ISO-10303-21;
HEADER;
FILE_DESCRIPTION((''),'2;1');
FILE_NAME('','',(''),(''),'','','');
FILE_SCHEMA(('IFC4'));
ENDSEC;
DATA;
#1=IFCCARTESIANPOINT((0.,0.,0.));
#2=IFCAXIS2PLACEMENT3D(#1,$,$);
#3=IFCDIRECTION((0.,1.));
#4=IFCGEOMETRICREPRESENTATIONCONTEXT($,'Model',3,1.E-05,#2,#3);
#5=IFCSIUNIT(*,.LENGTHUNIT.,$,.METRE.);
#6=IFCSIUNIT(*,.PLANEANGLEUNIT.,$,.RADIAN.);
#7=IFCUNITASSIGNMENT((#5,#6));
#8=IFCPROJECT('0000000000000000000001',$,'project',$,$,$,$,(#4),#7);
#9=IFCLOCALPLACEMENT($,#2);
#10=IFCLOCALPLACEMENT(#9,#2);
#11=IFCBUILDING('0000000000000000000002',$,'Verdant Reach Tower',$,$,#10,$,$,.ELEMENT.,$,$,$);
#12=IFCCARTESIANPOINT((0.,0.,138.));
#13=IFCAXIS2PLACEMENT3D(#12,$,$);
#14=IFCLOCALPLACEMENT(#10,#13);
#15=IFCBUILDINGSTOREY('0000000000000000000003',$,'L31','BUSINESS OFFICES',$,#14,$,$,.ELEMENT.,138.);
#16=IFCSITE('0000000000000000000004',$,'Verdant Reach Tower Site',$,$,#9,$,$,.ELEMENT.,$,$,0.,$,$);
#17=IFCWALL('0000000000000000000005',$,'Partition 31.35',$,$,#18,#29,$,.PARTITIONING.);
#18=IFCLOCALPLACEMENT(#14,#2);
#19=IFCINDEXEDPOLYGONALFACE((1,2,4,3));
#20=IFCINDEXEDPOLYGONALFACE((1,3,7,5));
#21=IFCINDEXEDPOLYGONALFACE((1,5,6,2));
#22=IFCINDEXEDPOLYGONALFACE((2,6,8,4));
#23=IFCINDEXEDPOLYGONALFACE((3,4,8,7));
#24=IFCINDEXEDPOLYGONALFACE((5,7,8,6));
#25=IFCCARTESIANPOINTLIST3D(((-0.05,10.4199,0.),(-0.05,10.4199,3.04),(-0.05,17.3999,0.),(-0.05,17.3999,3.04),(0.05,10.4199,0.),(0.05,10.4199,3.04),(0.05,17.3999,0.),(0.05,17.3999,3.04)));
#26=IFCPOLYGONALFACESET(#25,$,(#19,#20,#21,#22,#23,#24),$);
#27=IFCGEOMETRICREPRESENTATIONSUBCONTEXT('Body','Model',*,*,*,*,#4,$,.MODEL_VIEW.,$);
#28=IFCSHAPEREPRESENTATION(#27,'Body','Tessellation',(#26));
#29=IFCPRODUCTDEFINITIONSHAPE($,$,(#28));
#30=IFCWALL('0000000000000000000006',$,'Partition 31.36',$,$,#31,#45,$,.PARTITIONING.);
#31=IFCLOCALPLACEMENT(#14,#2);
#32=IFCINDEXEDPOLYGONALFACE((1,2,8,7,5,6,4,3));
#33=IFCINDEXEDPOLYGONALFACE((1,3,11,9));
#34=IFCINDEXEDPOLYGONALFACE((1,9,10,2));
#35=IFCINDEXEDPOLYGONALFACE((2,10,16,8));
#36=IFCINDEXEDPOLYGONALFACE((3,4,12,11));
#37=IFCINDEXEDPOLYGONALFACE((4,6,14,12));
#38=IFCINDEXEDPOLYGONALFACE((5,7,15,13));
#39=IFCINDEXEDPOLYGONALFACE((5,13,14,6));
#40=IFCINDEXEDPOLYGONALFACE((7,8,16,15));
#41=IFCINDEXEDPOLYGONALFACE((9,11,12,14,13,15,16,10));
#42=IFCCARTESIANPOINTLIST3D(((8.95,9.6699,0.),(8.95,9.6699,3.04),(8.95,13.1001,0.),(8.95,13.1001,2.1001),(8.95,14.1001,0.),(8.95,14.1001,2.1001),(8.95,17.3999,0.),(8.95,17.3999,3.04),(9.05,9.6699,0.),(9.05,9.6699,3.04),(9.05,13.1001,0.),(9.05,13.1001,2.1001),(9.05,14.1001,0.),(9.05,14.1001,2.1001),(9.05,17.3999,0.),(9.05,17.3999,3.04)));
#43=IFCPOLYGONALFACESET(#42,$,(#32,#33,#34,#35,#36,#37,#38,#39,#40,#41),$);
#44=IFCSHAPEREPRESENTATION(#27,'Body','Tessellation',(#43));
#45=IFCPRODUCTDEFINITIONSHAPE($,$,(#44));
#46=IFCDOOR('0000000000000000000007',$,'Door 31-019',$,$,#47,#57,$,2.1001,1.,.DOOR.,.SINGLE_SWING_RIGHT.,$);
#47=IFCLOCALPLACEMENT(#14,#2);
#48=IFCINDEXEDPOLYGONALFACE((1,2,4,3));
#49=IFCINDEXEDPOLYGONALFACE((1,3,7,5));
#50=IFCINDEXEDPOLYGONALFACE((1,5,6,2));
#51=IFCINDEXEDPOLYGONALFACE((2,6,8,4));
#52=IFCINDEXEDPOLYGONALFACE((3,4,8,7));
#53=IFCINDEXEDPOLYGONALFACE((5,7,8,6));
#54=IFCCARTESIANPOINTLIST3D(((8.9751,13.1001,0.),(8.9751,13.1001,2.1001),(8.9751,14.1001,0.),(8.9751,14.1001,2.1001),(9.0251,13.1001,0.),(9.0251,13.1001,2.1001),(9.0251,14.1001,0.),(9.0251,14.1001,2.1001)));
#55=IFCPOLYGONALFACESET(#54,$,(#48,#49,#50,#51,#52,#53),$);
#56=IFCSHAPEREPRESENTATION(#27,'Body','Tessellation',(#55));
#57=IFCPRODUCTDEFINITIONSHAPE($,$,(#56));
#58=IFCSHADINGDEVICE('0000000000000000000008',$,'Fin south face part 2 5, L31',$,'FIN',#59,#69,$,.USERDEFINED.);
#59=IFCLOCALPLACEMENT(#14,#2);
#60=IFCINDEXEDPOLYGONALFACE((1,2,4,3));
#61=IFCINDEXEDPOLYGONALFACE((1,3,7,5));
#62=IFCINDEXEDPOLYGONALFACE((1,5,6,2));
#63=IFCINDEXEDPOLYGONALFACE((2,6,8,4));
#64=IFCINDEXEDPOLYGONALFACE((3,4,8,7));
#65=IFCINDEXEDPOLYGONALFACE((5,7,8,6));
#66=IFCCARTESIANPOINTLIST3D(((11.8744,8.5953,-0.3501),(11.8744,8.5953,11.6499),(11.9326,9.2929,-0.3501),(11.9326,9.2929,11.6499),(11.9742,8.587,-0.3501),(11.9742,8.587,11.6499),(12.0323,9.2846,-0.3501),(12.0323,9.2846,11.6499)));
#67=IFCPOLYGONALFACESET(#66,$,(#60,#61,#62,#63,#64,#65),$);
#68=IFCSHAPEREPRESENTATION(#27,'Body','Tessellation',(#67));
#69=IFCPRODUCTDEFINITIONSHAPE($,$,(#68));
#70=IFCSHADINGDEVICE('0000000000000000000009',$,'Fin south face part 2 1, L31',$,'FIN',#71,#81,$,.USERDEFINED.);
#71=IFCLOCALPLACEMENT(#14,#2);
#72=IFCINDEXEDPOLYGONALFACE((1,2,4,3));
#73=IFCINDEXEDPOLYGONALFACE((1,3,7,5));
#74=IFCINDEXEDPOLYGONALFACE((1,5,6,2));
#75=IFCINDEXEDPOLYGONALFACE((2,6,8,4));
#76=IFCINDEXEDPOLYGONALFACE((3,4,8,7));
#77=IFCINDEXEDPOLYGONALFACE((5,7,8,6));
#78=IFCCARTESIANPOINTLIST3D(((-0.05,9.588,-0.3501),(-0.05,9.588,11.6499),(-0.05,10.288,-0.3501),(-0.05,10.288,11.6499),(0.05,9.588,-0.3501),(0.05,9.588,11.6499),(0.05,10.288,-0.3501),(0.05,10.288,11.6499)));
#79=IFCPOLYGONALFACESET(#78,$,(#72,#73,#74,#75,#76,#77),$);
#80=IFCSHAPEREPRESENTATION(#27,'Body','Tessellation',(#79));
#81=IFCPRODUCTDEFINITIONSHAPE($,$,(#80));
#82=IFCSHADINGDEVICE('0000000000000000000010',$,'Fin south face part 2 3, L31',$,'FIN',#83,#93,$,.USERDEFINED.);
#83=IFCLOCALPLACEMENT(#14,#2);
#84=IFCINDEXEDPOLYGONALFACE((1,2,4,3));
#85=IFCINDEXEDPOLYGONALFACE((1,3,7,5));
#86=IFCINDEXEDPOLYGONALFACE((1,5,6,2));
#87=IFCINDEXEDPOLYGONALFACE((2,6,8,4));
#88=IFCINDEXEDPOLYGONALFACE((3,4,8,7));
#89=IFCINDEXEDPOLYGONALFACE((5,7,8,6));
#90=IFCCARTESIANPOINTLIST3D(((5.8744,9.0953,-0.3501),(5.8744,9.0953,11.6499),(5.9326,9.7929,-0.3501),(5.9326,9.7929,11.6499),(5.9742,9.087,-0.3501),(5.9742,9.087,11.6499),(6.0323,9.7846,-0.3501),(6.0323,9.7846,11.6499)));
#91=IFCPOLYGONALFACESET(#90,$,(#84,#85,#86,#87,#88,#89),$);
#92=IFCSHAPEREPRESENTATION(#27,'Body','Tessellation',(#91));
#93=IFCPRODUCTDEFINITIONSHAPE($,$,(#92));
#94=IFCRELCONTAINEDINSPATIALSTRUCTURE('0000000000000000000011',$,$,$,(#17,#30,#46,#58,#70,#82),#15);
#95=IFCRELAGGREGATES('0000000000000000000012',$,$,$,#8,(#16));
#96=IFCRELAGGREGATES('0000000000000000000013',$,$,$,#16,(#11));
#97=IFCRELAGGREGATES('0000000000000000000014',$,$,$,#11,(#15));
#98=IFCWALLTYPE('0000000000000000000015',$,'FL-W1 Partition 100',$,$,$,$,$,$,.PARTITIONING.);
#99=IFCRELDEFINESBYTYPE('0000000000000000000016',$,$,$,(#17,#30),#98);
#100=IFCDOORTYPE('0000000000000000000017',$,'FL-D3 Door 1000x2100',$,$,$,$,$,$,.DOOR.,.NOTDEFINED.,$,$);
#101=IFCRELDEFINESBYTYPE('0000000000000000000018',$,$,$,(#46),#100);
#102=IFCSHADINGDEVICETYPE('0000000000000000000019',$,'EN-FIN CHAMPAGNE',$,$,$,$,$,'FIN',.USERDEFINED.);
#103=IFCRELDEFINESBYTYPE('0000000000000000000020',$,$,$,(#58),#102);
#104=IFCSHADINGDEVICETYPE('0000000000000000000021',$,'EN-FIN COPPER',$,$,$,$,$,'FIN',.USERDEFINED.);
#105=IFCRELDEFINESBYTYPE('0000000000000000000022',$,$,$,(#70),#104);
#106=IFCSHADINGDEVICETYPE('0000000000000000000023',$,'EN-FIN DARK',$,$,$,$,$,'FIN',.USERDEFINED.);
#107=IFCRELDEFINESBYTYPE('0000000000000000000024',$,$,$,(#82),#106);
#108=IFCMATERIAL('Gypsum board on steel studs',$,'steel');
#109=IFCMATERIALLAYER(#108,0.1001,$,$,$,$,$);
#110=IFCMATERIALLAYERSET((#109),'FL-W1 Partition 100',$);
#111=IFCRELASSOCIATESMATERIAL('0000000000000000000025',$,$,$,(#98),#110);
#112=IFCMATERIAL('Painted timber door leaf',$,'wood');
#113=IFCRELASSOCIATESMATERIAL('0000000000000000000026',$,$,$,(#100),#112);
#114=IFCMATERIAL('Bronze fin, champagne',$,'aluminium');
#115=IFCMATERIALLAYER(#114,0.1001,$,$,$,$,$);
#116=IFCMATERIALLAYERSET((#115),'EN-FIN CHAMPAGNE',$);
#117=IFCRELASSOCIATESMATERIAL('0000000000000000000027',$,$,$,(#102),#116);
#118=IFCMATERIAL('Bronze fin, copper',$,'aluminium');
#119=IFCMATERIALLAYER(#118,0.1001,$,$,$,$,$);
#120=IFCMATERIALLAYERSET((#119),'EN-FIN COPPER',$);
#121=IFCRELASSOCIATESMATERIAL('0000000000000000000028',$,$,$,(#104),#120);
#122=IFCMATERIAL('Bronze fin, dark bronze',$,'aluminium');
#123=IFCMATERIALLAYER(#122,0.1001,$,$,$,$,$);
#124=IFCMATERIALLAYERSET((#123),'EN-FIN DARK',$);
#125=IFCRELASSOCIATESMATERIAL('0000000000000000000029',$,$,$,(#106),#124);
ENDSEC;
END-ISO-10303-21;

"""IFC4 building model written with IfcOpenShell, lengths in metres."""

from ifc_helpers import new_model, si_unit, direction, frame, frame_2d, origin, origin_2d, place, context, subcontext, project, spatial, rectangle, extrude, material, layer, layer_set, type_object, element, fill, save


model = new_model("IFC4")

# Units and contexts
model_context = context("Model", 3, precision=1e-05, world=origin(), true_north=direction((0.0, 1.0)))
body_context = subcontext(model_context, "Body", "Model", "MODEL_VIEW")
ifc_project = project(units=[si_unit("LENGTHUNIT", "METRE"), si_unit("PLANEANGLEUNIT", "RADIAN")], contexts=[model_context])

# Site, building, storey
site_placement = place(None, origin())
site = spatial("IfcSite", under=ifc_project, at=site_placement, Name="Verdant Reach Tower Site", CompositionType="ELEMENT", RefElevation=0.0)
building_placement = place(site_placement, origin())
building = spatial("IfcBuilding", under=site, at=building_placement, Name="Verdant Reach Tower", CompositionType="ELEMENT")
storey_placement = place(building_placement, frame((0.0, 0.0, 138.0)))
storey = spatial("IfcBuildingStorey", under=building, at=storey_placement, Name="L31", Description="BUSINESS OFFICES", CompositionType="ELEMENT", Elevation=138.0)

# Wall
ifc_material_1 = material(Name="Gypsum board on steel studs", Category="steel")
ifc_layer_1 = layer(ifc_material_1, 0.1001)
ifc_layer_set_1 = layer_set([ifc_layer_1], Name="FL-W1 Partition 100")
wall_type = type_object("IfcWallType", Name="FL-W1 Partition 100", PredefinedType="PARTITIONING", material=ifc_layer_set_1)
wall_1_placement = place(storey_placement, frame((0.0, 10.4199, 0.0), z_axis=(0.0, 0.0, 1.0), x_axis=(0.0, 1.0, 0.0)))
element("IfcWall", 1, at=wall_1_placement, inside=storey, type_object=wall_type, Name="Partition 31.35", PredefinedType="PARTITIONING", context=body_context, shape_type="SweptSolid", body=[
    extrude(rectangle(XDim=6.98, YDim=0.1001, at=frame_2d((3.49, 0.0))), origin(), (0.0, 0.0, 1.0), 3.04),
])

# Wall, opening, door
wall_2_placement = place(storey_placement, frame((9.0, 9.6699, 0.0), z_axis=(0.0, 0.0, 1.0), x_axis=(0.0, 1.0, 0.0)))
wall_2 = element("IfcWall", 2, at=wall_2_placement, inside=storey, type_object=wall_type, Name="Partition 31.36", PredefinedType="PARTITIONING", context=body_context, shape_type="SweptSolid", body=[
    extrude(rectangle(XDim=7.73, YDim=0.1001, at=frame_2d((3.865, 0.0))), origin(), (0.0, 0.0, 1.0), 3.04),
])
opening_placement = place(wall_2_placement, frame((3.4302, 0.0, 0.0)))
opening = element("IfcOpeningElement", 3, at=opening_placement, cuts=wall_2, PredefinedType="OPENING", context=body_context, shape_type="SweptSolid", body=[
    extrude(rectangle(XDim=1.0, YDim=2.1001, at=frame_2d((0.5, 1.05))), frame((0.0, 0.0601, 0.0), z_axis=(0.0, -1.0, 0.0), x_axis=(1.0, 0.0, 0.0)), (0.0, 0.0, 1.0), 0.1201),
])
ifc_material_2 = material(Name="Painted timber door leaf", Category="wood")
door_type = type_object("IfcDoorType", Name="FL-D3 Door 1000x2100", OperationType="NOTDEFINED", PredefinedType="DOOR", material=ifc_material_2)
door_placement = place(opening_placement, origin())
door = element("IfcDoor", 4, at=door_placement, inside=storey, type_object=door_type, Name="Door 31-019", OperationType="SINGLE_SWING_RIGHT", OverallHeight=2.1001, OverallWidth=1.0, PredefinedType="DOOR", context=body_context, shape_type="SweptSolid", body=[
    extrude(rectangle(XDim=1.0, YDim=2.1001, at=frame_2d((0.5, 1.05))), frame((0.0, 0.0249, 0.0), z_axis=(0.0, -1.0, 0.0), x_axis=(1.0, 0.0, 0.0)), (0.0, 0.0, 1.0), 0.05),
])
fill(opening, door)

# Shading devices
ifc_material_3 = material(Name="Bronze fin, champagne", Category="aluminium")
ifc_layer_2 = layer(ifc_material_3, 0.1001)
ifc_layer_set_2 = layer_set([ifc_layer_2], Name="EN-FIN CHAMPAGNE")
shading_device_type_1 = type_object("IfcShadingDeviceType", Name="EN-FIN CHAMPAGNE", ElementType="FIN", PredefinedType="USERDEFINED", material=ifc_layer_set_2)
shading_device_1_placement = place(storey_placement, frame((11.9534, 8.9399, -0.3501), z_axis=(0.0, 0.0, 1.0), x_axis=(0.996546, -0.083045, 0.0)))
element("IfcShadingDevice", 5, at=shading_device_1_placement, inside=storey, type_object=shading_device_type_1, Name="Fin south face part 2 5, L31", ObjectType="FIN", PredefinedType="USERDEFINED", context=body_context, shape_type="SweptSolid", body=[
    extrude(rectangle(XDim=0.1001, YDim=0.7, at=origin_2d()), origin(), (0.0, 0.0, 1.0), 12.0),
])
ifc_material_4 = material(Name="Bronze fin, copper", Category="aluminium")
ifc_layer_3 = layer(ifc_material_4, 0.1001)
ifc_layer_set_3 = layer_set([ifc_layer_3], Name="EN-FIN COPPER")
shading_device_type_2 = type_object("IfcShadingDeviceType", Name="EN-FIN COPPER", ElementType="FIN", PredefinedType="USERDEFINED", material=ifc_layer_set_3)
shading_device_2_placement = place(storey_placement, frame((0.0, 9.938, -0.3501), z_axis=(0.0, 0.0, 1.0), x_axis=(1.0, 0.0, 0.0)))
element("IfcShadingDevice", 6, at=shading_device_2_placement, inside=storey, type_object=shading_device_type_2, Name="Fin south face part 2 1, L31", ObjectType="FIN", PredefinedType="USERDEFINED", context=body_context, shape_type="SweptSolid", body=[
    extrude(rectangle(XDim=0.1001, YDim=0.7, at=origin_2d()), origin(), (0.0, 0.0, 1.0), 12.0),
])
ifc_material_5 = material(Name="Bronze fin, dark bronze", Category="aluminium")
ifc_layer_4 = layer(ifc_material_5, 0.1001)
ifc_layer_set_4 = layer_set([ifc_layer_4], Name="EN-FIN DARK")
shading_device_type_3 = type_object("IfcShadingDeviceType", Name="EN-FIN DARK", ElementType="FIN", PredefinedType="USERDEFINED", material=ifc_layer_set_4)
shading_device_3_placement = place(storey_placement, frame((5.9534, 9.4399, -0.3501), z_axis=(0.0, 0.0, 1.0), x_axis=(0.996546, -0.083045, 0.0)))
element("IfcShadingDevice", 7, at=shading_device_3_placement, inside=storey, type_object=shading_device_type_3, Name="Fin south face part 2 3, L31", ObjectType="FIN", PredefinedType="USERDEFINED", context=body_context, shape_type="SweptSolid", body=[
    extrude(rectangle(XDim=0.1001, YDim=0.7, at=origin_2d()), origin(), (0.0, 0.0, 1.0), 12.0),
])

save(model, "model.ifc")
